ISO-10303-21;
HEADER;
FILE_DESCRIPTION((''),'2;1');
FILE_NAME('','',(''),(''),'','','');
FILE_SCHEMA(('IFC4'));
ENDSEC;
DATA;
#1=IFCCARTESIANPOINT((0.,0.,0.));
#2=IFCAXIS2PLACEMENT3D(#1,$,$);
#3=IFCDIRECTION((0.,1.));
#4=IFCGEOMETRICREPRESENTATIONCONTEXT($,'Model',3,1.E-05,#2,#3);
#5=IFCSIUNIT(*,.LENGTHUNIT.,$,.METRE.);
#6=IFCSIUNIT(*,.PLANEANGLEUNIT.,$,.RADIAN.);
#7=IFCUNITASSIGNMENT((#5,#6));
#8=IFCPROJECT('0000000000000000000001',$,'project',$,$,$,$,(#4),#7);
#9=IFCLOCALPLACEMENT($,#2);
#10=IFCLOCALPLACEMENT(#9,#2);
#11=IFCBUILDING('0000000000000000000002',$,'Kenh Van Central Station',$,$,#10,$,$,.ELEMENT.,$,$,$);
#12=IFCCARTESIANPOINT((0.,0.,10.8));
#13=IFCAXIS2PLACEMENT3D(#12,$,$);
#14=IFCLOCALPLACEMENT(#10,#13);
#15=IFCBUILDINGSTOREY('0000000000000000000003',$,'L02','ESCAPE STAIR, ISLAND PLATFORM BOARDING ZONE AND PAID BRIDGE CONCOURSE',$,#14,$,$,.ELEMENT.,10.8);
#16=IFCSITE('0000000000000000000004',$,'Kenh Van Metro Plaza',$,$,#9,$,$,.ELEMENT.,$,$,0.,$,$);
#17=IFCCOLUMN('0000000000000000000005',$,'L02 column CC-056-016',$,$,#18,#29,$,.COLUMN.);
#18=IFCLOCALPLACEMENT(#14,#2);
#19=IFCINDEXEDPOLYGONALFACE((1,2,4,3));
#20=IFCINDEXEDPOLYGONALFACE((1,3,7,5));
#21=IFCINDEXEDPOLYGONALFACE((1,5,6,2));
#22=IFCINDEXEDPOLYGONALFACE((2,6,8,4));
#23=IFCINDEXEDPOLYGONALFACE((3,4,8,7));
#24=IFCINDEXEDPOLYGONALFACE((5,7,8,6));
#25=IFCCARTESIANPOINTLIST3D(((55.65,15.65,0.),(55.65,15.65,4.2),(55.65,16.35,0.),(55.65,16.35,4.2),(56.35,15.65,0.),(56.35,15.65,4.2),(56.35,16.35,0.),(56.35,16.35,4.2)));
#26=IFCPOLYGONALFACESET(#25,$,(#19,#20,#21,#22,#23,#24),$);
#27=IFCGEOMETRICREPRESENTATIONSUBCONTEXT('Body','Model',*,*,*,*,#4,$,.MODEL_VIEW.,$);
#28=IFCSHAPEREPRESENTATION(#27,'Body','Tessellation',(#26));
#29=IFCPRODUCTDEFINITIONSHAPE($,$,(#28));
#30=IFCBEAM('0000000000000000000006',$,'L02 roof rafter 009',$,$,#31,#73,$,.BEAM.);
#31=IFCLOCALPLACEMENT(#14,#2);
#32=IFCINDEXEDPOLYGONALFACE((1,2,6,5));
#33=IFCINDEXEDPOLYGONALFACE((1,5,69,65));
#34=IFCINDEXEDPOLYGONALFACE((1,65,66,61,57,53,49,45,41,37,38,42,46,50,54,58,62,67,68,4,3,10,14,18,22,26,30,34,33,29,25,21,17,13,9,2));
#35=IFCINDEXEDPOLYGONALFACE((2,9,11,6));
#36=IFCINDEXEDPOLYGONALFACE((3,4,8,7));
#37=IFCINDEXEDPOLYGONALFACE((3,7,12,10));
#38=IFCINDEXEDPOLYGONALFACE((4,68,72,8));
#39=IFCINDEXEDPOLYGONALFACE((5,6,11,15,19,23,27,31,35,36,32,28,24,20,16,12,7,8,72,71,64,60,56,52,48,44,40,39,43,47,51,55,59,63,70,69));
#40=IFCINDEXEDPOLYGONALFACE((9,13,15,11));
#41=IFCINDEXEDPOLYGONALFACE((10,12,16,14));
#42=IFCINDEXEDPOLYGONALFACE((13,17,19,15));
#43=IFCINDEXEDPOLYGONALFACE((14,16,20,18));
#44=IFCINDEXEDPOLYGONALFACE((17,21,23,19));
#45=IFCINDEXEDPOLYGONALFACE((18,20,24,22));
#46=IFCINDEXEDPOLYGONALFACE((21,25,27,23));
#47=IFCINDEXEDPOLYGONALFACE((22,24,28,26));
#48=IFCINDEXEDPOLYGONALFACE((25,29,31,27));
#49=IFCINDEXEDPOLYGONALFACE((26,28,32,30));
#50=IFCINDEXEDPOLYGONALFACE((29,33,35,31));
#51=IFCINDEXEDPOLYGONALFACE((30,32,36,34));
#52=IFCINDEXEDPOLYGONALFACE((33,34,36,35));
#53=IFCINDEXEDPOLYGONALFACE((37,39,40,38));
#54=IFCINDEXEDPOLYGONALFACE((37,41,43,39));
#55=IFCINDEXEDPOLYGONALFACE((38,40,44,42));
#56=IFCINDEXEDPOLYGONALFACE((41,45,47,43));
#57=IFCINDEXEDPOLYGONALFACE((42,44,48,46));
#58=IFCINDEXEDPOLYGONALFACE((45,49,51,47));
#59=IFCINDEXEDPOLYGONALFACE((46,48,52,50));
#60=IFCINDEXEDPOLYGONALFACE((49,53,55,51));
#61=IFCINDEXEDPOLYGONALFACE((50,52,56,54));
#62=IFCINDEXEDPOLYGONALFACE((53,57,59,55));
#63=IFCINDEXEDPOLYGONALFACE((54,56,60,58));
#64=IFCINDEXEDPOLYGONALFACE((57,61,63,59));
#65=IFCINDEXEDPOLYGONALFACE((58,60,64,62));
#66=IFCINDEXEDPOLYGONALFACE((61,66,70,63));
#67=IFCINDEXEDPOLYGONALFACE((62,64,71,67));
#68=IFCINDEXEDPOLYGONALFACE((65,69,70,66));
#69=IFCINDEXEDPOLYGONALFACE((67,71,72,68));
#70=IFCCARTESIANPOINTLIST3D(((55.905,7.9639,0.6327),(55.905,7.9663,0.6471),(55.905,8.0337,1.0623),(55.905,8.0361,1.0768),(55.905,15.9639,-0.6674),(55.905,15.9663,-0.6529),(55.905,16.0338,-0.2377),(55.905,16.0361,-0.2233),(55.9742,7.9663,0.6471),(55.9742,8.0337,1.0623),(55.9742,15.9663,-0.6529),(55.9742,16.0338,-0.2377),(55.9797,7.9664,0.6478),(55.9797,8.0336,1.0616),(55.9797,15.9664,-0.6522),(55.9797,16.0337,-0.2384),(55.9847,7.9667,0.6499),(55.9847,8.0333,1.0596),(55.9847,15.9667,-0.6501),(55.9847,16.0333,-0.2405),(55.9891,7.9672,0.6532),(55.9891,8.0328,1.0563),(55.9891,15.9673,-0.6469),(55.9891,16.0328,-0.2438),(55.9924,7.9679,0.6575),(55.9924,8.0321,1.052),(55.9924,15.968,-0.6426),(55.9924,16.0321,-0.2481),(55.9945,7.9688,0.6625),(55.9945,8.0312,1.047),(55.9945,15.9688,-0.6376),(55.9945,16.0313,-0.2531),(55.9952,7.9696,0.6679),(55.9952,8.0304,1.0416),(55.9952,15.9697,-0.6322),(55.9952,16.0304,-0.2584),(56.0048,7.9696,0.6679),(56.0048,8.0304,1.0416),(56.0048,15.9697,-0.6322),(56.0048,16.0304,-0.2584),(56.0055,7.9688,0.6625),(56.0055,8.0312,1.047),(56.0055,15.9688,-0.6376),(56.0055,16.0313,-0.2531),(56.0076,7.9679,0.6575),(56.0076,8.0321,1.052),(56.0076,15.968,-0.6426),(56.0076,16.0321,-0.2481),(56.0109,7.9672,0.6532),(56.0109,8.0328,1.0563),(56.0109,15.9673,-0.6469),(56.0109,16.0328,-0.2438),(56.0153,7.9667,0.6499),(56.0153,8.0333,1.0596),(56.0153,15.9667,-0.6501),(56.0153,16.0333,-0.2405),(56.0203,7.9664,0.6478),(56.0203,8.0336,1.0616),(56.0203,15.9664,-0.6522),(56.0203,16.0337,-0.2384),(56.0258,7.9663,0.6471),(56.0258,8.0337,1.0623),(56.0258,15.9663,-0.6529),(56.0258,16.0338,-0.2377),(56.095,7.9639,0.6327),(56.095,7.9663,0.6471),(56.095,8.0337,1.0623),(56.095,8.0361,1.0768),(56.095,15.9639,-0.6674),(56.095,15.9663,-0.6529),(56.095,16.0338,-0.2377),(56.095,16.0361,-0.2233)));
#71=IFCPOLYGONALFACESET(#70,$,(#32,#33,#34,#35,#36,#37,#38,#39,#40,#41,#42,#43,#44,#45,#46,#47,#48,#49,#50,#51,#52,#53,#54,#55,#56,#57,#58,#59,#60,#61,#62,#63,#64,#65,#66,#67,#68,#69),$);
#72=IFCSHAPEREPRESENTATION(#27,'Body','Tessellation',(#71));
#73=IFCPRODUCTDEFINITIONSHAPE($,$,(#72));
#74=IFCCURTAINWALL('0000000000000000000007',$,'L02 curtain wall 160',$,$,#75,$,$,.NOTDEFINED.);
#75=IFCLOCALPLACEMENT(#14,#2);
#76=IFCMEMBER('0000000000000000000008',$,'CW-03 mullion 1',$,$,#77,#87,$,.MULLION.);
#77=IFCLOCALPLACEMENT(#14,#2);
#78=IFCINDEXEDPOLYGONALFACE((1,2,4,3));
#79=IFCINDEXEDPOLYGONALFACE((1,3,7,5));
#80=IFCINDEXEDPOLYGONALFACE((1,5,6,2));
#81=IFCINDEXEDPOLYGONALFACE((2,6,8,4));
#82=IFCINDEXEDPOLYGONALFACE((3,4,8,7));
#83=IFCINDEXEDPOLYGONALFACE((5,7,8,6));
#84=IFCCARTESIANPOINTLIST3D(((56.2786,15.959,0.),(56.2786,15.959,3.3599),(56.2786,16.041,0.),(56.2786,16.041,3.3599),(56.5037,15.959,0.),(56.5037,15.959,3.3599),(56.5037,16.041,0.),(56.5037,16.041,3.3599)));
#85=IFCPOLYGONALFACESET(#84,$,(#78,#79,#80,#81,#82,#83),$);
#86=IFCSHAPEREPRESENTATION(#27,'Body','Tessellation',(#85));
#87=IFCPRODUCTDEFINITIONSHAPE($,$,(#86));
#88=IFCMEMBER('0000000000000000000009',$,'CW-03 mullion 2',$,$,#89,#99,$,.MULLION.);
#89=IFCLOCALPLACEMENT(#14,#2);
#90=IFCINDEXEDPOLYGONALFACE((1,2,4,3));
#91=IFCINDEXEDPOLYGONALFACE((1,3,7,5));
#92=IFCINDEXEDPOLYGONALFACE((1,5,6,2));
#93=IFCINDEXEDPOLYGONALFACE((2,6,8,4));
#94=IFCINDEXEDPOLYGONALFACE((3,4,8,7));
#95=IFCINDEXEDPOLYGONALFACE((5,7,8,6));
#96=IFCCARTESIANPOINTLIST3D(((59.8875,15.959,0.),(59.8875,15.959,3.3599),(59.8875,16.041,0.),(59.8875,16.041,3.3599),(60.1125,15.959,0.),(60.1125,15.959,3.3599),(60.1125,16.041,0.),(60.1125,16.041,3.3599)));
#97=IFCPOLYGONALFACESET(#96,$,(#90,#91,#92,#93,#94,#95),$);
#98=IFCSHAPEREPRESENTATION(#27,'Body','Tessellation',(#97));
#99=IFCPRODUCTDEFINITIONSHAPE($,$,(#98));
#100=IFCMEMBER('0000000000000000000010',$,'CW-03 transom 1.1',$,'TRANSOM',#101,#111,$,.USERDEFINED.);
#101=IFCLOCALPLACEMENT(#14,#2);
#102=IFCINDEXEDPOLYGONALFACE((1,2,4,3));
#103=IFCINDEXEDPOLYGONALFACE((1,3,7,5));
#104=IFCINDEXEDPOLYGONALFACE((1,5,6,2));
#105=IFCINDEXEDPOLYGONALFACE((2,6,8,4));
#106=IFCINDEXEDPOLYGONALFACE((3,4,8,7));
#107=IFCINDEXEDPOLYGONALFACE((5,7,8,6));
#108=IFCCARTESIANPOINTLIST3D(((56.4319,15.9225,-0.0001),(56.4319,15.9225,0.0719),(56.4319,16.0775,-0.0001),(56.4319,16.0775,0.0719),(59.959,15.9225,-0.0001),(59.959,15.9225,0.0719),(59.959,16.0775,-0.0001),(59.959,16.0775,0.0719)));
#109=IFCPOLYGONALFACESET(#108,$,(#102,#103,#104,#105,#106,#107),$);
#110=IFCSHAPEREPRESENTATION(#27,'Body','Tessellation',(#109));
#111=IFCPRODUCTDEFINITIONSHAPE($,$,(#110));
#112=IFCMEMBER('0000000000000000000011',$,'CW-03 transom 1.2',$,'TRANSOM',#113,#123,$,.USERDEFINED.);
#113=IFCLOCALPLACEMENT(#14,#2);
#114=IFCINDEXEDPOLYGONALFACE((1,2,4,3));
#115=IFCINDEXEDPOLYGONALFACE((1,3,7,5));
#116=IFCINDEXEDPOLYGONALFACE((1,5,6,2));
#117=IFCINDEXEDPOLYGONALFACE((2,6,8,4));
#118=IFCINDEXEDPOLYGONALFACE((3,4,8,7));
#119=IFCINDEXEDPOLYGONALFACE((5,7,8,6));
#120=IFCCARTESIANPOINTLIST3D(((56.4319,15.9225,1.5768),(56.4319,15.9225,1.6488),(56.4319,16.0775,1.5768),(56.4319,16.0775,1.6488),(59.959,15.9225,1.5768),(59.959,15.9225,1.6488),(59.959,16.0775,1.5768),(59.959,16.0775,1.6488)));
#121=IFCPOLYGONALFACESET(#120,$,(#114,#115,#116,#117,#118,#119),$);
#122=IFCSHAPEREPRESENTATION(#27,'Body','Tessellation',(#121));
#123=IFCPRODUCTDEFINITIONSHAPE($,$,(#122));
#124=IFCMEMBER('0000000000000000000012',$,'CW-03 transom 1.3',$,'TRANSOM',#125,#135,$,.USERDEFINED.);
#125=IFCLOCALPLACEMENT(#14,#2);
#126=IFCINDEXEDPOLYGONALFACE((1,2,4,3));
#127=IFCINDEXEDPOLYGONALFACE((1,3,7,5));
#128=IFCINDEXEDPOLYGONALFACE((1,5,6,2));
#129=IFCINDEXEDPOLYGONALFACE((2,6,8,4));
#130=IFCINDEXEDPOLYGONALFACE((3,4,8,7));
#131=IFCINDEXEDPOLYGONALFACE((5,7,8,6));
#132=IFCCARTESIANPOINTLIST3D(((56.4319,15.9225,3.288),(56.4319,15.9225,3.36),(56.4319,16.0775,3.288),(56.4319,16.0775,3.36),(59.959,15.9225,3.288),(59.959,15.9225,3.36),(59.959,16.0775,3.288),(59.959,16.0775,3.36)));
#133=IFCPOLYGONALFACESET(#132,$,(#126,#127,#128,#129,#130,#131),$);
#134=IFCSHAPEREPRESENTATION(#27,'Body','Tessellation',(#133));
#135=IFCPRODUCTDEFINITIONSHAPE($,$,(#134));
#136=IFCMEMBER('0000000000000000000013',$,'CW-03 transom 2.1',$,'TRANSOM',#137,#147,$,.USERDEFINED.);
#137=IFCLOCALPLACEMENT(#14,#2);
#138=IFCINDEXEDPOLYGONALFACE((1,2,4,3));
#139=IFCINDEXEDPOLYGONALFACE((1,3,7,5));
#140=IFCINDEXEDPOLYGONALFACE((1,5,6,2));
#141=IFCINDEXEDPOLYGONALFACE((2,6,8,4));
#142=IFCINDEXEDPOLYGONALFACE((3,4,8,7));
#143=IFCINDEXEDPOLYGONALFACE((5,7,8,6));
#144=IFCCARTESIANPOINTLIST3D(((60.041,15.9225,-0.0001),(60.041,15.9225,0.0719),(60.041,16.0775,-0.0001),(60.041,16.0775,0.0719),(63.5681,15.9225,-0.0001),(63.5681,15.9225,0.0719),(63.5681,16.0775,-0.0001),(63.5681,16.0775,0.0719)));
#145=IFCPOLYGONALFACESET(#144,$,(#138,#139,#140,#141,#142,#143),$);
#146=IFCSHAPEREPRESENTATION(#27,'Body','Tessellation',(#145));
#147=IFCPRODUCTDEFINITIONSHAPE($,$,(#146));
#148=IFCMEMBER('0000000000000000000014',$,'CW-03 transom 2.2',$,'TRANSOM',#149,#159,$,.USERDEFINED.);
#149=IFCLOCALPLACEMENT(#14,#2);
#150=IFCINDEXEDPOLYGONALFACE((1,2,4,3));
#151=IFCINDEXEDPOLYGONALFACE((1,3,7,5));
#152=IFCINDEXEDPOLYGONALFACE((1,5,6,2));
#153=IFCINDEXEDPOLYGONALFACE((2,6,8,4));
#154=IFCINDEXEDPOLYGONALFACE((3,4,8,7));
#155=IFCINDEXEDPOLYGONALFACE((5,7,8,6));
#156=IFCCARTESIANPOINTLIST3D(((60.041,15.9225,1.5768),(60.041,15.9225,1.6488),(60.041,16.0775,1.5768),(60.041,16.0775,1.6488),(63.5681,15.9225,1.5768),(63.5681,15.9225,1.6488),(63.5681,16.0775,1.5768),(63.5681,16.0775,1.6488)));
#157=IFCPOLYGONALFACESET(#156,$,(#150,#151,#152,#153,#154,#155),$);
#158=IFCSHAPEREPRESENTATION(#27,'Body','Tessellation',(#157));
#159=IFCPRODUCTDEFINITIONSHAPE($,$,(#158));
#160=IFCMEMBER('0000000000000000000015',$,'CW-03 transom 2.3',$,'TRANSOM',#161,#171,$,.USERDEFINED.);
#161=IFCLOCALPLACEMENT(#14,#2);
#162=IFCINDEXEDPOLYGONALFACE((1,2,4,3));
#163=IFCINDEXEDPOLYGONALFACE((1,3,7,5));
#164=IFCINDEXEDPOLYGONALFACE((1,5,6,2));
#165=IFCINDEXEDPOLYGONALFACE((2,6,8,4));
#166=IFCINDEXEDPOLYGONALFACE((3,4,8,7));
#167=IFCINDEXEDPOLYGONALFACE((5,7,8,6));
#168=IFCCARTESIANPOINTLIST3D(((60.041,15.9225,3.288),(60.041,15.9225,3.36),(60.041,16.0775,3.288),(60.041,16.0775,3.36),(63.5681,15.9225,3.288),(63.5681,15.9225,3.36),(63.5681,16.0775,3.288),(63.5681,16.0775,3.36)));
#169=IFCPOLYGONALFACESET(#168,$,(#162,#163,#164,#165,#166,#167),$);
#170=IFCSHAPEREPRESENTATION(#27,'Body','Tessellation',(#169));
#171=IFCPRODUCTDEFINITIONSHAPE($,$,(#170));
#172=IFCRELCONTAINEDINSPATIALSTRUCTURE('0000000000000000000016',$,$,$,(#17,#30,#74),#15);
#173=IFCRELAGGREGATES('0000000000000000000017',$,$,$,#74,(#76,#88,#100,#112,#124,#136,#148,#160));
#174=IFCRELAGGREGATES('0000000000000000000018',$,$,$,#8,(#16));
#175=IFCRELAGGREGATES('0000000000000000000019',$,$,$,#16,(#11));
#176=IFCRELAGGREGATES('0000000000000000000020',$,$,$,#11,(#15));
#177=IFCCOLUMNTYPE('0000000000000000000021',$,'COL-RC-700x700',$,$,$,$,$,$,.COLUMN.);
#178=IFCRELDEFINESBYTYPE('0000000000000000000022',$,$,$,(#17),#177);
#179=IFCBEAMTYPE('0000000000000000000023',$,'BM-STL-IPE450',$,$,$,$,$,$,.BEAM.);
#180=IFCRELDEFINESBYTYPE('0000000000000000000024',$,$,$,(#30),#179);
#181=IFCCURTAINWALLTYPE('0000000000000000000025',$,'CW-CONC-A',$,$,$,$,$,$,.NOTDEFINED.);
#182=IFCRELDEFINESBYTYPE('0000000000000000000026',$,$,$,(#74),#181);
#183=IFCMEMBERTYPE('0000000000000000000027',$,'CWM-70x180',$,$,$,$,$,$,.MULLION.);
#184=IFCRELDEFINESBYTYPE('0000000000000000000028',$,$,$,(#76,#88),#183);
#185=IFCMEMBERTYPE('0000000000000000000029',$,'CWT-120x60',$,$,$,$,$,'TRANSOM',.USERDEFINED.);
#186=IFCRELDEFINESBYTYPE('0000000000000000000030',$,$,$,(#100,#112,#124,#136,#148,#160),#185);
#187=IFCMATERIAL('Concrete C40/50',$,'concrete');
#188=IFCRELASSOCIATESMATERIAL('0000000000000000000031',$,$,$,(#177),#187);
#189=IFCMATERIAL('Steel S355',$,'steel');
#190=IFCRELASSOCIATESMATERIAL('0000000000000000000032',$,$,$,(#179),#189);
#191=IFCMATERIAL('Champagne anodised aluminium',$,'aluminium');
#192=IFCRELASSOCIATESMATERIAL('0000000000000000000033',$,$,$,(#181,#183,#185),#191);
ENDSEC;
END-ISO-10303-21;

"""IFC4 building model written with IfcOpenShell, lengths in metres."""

from ifc_helpers import new_model, si_unit, direction, frame, origin, origin_2d, place, context, subcontext, project, spatial, rectangle, i_section, extrude, material, material_profile, profile_set, type_object, element, aggregate, save


model = new_model("IFC4")

# Units and contexts
model_context = context("Model", 3, precision=1e-05, world=origin(), true_north=direction((0.0, 1.0)))
body_context = subcontext(model_context, "Body", "Model", "MODEL_VIEW")
ifc_project = project(units=[si_unit("LENGTHUNIT", "METRE"), si_unit("PLANEANGLEUNIT", "RADIAN")], contexts=[model_context])

# Site, building, storey
site_placement = place(None, origin())
site = spatial("IfcSite", under=ifc_project, at=site_placement, Name="Kenh Van Metro Plaza", CompositionType="ELEMENT", RefElevation=0.0)
building_placement = place(site_placement, origin())
building = spatial("IfcBuilding", under=site, at=building_placement, Name="Kenh Van Central Station", CompositionType="ELEMENT")
storey_placement = place(building_placement, frame((0.0, 0.0, 10.8)))
storey = spatial("IfcBuildingStorey", under=building, at=storey_placement, Name="L02", Description="ESCAPE STAIR, ISLAND PLATFORM BOARDING ZONE AND PAID BRIDGE CONCOURSE", CompositionType="ELEMENT", Elevation=10.8)

# Column
ifc_material_1 = material(Name="Concrete C40/50", Category="concrete")
ifc_material_profile_1 = material_profile(ifc_material_1, rectangle(XDim=0.7, YDim=0.7, at=origin_2d()), Name="RC 700x700")
ifc_profile_set_1 = profile_set([ifc_material_profile_1], Name="Concrete C40/50")
column_type = type_object("IfcColumnType", Name="COL-RC-700x700", PredefinedType="COLUMN", material=ifc_profile_set_1)
column_placement = place(storey_placement, frame((56.0, 16.0, 0.0), z_axis=(0.0, 0.0, 1.0), x_axis=(1.0, 0.0, 0.0)))
element("IfcColumn", 1, at=column_placement, inside=storey, type_object=column_type, Name="L02 column CC-056-016", PredefinedType="COLUMN", context=body_context, shape_type="SweptSolid", body=[
    extrude(rectangle(XDim=0.7, YDim=0.7, at=origin_2d()), origin(), (0.0, 0.0, 1.0), 4.2),
])

# Beam
ifc_material_2 = material(Name="Steel S355", Category="steel")
ifc_material_profile_2 = material_profile(ifc_material_2, i_section(OverallWidth=0.1899, OverallDepth=0.45, WebThickness=0.0095, FlangeThickness=0.0146, FilletRadius=0.021, at=origin_2d()), Name="IPE 450")
ifc_profile_set_2 = profile_set([ifc_material_profile_2], Name="Steel S355")
beam_type_1 = type_object("IfcBeamType", Name="BM-STL-IPE450", PredefinedType="BEAM", material=ifc_profile_set_2)
beam_1_placement = place(storey_placement, frame((56.0, 8.0, 0.8547), z_axis=(0.0, 0.987052, -0.160402), x_axis=(-1.0, 0.0, 0.0)))
element("IfcBeam", 2, at=beam_1_placement, inside=storey, type_object=beam_type_1, Name="L02 roof rafter 009", PredefinedType="BEAM", context=body_context, shape_type="SweptSolid", body=[
    extrude(i_section(OverallWidth=0.1899, OverallDepth=0.45, WebThickness=0.0095, FlangeThickness=0.0146, FilletRadius=0.021, at=origin_2d()), origin(), (0.0, 0.0, 1.0), 8.105),
])

# Curtain wall, members
ifc_material_3 = material(Name="Champagne anodised aluminium", Category="aluminium")
curtain_wall_type = type_object("IfcCurtainWallType", Name="CW-CONC-A", PredefinedType="NOTDEFINED", material=ifc_material_3)
curtain_wall_placement = place(storey_placement, origin())
curtain_wall = element("IfcCurtainWall", 3, at=curtain_wall_placement, inside=storey, type_object=curtain_wall_type, Name="L02 curtain wall 160", PredefinedType="NOTDEFINED")
ifc_material_profile_3 = material_profile(ifc_material_3, rectangle(XDim=0.082, YDim=0.2251, at=origin_2d()), Name="AL 82x225")
ifc_profile_set_3 = profile_set([ifc_material_profile_3], Name="Champagne anodised aluminium")
member_type_1 = type_object("IfcMemberType", Name="CWM-70x180", PredefinedType="MULLION", material=ifc_profile_set_3)
member_1_placement = place(storey_placement, frame((56.3911, 16.0, 0.0), z_axis=(0.0, 0.0, 1.0), x_axis=(0.0, 1.0, 0.0)))
member_1 = element("IfcMember", 4, at=member_1_placement, type_object=member_type_1, Name="CW-03 mullion 1", PredefinedType="MULLION", context=body_context, shape_type="SweptSolid", body=[
    extrude(rectangle(XDim=0.082, YDim=0.2251, at=origin_2d()), origin(), (0.0, 0.0, 1.0), 3.3599),
])
member_2_placement = place(storey_placement, frame((60.0, 16.0, 0.0), z_axis=(0.0, 0.0, 1.0), x_axis=(0.0, 1.0, 0.0)))
member_2 = element("IfcMember", 5, at=member_2_placement, type_object=member_type_1, Name="CW-03 mullion 2", PredefinedType="MULLION", context=body_context, shape_type="SweptSolid", body=[
    extrude(rectangle(XDim=0.082, YDim=0.2251, at=origin_2d()), origin(), (0.0, 0.0, 1.0), 3.3599),
])
ifc_material_profile_4 = material_profile(ifc_material_3, rectangle(XDim=0.155, YDim=0.072, at=origin_2d()), Name="AL 155x72")
ifc_profile_set_4 = profile_set([ifc_material_profile_4], Name="Champagne anodised aluminium")
member_type_2 = type_object("IfcMemberType", Name="CWT-120x60", ElementType="TRANSOM", PredefinedType="USERDEFINED", material=ifc_profile_set_4)
member_3_placement = place(storey_placement, frame((56.4319, 16.0, 0.0359), z_axis=(1.0, 0.0, 0.0), x_axis=(0.0, 1.0, 0.0)))
member_3 = element("IfcMember", 6, at=member_3_placement, type_object=member_type_2, Name="CW-03 transom 1.1", ObjectType="TRANSOM", PredefinedType="USERDEFINED", context=body_context, shape_type="SweptSolid", body=[
    extrude(rectangle(XDim=0.155, YDim=0.072, at=origin_2d()), origin(), (0.0, 0.0, 1.0), 3.5271),
])
member_4_placement = place(storey_placement, frame((56.4319, 16.0, 1.6128), z_axis=(1.0, 0.0, 0.0), x_axis=(0.0, 1.0, 0.0)))
member_4 = element("IfcMember", 7, at=member_4_placement, type_object=member_type_2, Name="CW-03 transom 1.2", ObjectType="TRANSOM", PredefinedType="USERDEFINED", context=body_context, shape_type="SweptSolid", body=[
    extrude(rectangle(XDim=0.155, YDim=0.072, at=origin_2d()), origin(), (0.0, 0.0, 1.0), 3.5271),
])
member_5_placement = place(storey_placement, frame((56.4319, 16.0, 3.324), z_axis=(1.0, 0.0, 0.0), x_axis=(0.0, 1.0, 0.0)))
member_5 = element("IfcMember", 8, at=member_5_placement, type_object=member_type_2, Name="CW-03 transom 1.3", ObjectType="TRANSOM", PredefinedType="USERDEFINED", context=body_context, shape_type="SweptSolid", body=[
    extrude(rectangle(XDim=0.155, YDim=0.072, at=origin_2d()), origin(), (0.0, 0.0, 1.0), 3.5271),
])
member_6_placement = place(storey_placement, frame((60.041, 16.0, 0.0359), z_axis=(1.0, 0.0, 0.0), x_axis=(0.0, 1.0, 0.0)))
member_6 = element("IfcMember", 9, at=member_6_placement, type_object=member_type_2, Name="CW-03 transom 2.1", ObjectType="TRANSOM", PredefinedType="USERDEFINED", context=body_context, shape_type="SweptSolid", body=[
    extrude(rectangle(XDim=0.155, YDim=0.072, at=origin_2d()), origin(), (0.0, 0.0, 1.0), 3.5271),
])
member_7_placement = place(storey_placement, frame((60.041, 16.0, 1.6128), z_axis=(1.0, 0.0, 0.0), x_axis=(0.0, 1.0, 0.0)))
member_7 = element("IfcMember", 10, at=member_7_placement, type_object=member_type_2, Name="CW-03 transom 2.2", ObjectType="TRANSOM", PredefinedType="USERDEFINED", context=body_context, shape_type="SweptSolid", body=[
    extrude(rectangle(XDim=0.155, YDim=0.072, at=origin_2d()), origin(), (0.0, 0.0, 1.0), 3.5271),
])
member_8_placement = place(storey_placement, frame((60.041, 16.0, 3.324), z_axis=(1.0, 0.0, 0.0), x_axis=(0.0, 1.0, 0.0)))
member_8 = element("IfcMember", 11, at=member_8_placement, type_object=member_type_2, Name="CW-03 transom 2.3", ObjectType="TRANSOM", PredefinedType="USERDEFINED", context=body_context, shape_type="SweptSolid", body=[
    extrude(rectangle(XDim=0.155, YDim=0.072, at=origin_2d()), origin(), (0.0, 0.0, 1.0), 3.5271),
])

aggregate(curtain_wall, [member_1, member_2, member_3, member_4, member_5, member_6, member_7, member_8])

save(model, "model.ifc")
